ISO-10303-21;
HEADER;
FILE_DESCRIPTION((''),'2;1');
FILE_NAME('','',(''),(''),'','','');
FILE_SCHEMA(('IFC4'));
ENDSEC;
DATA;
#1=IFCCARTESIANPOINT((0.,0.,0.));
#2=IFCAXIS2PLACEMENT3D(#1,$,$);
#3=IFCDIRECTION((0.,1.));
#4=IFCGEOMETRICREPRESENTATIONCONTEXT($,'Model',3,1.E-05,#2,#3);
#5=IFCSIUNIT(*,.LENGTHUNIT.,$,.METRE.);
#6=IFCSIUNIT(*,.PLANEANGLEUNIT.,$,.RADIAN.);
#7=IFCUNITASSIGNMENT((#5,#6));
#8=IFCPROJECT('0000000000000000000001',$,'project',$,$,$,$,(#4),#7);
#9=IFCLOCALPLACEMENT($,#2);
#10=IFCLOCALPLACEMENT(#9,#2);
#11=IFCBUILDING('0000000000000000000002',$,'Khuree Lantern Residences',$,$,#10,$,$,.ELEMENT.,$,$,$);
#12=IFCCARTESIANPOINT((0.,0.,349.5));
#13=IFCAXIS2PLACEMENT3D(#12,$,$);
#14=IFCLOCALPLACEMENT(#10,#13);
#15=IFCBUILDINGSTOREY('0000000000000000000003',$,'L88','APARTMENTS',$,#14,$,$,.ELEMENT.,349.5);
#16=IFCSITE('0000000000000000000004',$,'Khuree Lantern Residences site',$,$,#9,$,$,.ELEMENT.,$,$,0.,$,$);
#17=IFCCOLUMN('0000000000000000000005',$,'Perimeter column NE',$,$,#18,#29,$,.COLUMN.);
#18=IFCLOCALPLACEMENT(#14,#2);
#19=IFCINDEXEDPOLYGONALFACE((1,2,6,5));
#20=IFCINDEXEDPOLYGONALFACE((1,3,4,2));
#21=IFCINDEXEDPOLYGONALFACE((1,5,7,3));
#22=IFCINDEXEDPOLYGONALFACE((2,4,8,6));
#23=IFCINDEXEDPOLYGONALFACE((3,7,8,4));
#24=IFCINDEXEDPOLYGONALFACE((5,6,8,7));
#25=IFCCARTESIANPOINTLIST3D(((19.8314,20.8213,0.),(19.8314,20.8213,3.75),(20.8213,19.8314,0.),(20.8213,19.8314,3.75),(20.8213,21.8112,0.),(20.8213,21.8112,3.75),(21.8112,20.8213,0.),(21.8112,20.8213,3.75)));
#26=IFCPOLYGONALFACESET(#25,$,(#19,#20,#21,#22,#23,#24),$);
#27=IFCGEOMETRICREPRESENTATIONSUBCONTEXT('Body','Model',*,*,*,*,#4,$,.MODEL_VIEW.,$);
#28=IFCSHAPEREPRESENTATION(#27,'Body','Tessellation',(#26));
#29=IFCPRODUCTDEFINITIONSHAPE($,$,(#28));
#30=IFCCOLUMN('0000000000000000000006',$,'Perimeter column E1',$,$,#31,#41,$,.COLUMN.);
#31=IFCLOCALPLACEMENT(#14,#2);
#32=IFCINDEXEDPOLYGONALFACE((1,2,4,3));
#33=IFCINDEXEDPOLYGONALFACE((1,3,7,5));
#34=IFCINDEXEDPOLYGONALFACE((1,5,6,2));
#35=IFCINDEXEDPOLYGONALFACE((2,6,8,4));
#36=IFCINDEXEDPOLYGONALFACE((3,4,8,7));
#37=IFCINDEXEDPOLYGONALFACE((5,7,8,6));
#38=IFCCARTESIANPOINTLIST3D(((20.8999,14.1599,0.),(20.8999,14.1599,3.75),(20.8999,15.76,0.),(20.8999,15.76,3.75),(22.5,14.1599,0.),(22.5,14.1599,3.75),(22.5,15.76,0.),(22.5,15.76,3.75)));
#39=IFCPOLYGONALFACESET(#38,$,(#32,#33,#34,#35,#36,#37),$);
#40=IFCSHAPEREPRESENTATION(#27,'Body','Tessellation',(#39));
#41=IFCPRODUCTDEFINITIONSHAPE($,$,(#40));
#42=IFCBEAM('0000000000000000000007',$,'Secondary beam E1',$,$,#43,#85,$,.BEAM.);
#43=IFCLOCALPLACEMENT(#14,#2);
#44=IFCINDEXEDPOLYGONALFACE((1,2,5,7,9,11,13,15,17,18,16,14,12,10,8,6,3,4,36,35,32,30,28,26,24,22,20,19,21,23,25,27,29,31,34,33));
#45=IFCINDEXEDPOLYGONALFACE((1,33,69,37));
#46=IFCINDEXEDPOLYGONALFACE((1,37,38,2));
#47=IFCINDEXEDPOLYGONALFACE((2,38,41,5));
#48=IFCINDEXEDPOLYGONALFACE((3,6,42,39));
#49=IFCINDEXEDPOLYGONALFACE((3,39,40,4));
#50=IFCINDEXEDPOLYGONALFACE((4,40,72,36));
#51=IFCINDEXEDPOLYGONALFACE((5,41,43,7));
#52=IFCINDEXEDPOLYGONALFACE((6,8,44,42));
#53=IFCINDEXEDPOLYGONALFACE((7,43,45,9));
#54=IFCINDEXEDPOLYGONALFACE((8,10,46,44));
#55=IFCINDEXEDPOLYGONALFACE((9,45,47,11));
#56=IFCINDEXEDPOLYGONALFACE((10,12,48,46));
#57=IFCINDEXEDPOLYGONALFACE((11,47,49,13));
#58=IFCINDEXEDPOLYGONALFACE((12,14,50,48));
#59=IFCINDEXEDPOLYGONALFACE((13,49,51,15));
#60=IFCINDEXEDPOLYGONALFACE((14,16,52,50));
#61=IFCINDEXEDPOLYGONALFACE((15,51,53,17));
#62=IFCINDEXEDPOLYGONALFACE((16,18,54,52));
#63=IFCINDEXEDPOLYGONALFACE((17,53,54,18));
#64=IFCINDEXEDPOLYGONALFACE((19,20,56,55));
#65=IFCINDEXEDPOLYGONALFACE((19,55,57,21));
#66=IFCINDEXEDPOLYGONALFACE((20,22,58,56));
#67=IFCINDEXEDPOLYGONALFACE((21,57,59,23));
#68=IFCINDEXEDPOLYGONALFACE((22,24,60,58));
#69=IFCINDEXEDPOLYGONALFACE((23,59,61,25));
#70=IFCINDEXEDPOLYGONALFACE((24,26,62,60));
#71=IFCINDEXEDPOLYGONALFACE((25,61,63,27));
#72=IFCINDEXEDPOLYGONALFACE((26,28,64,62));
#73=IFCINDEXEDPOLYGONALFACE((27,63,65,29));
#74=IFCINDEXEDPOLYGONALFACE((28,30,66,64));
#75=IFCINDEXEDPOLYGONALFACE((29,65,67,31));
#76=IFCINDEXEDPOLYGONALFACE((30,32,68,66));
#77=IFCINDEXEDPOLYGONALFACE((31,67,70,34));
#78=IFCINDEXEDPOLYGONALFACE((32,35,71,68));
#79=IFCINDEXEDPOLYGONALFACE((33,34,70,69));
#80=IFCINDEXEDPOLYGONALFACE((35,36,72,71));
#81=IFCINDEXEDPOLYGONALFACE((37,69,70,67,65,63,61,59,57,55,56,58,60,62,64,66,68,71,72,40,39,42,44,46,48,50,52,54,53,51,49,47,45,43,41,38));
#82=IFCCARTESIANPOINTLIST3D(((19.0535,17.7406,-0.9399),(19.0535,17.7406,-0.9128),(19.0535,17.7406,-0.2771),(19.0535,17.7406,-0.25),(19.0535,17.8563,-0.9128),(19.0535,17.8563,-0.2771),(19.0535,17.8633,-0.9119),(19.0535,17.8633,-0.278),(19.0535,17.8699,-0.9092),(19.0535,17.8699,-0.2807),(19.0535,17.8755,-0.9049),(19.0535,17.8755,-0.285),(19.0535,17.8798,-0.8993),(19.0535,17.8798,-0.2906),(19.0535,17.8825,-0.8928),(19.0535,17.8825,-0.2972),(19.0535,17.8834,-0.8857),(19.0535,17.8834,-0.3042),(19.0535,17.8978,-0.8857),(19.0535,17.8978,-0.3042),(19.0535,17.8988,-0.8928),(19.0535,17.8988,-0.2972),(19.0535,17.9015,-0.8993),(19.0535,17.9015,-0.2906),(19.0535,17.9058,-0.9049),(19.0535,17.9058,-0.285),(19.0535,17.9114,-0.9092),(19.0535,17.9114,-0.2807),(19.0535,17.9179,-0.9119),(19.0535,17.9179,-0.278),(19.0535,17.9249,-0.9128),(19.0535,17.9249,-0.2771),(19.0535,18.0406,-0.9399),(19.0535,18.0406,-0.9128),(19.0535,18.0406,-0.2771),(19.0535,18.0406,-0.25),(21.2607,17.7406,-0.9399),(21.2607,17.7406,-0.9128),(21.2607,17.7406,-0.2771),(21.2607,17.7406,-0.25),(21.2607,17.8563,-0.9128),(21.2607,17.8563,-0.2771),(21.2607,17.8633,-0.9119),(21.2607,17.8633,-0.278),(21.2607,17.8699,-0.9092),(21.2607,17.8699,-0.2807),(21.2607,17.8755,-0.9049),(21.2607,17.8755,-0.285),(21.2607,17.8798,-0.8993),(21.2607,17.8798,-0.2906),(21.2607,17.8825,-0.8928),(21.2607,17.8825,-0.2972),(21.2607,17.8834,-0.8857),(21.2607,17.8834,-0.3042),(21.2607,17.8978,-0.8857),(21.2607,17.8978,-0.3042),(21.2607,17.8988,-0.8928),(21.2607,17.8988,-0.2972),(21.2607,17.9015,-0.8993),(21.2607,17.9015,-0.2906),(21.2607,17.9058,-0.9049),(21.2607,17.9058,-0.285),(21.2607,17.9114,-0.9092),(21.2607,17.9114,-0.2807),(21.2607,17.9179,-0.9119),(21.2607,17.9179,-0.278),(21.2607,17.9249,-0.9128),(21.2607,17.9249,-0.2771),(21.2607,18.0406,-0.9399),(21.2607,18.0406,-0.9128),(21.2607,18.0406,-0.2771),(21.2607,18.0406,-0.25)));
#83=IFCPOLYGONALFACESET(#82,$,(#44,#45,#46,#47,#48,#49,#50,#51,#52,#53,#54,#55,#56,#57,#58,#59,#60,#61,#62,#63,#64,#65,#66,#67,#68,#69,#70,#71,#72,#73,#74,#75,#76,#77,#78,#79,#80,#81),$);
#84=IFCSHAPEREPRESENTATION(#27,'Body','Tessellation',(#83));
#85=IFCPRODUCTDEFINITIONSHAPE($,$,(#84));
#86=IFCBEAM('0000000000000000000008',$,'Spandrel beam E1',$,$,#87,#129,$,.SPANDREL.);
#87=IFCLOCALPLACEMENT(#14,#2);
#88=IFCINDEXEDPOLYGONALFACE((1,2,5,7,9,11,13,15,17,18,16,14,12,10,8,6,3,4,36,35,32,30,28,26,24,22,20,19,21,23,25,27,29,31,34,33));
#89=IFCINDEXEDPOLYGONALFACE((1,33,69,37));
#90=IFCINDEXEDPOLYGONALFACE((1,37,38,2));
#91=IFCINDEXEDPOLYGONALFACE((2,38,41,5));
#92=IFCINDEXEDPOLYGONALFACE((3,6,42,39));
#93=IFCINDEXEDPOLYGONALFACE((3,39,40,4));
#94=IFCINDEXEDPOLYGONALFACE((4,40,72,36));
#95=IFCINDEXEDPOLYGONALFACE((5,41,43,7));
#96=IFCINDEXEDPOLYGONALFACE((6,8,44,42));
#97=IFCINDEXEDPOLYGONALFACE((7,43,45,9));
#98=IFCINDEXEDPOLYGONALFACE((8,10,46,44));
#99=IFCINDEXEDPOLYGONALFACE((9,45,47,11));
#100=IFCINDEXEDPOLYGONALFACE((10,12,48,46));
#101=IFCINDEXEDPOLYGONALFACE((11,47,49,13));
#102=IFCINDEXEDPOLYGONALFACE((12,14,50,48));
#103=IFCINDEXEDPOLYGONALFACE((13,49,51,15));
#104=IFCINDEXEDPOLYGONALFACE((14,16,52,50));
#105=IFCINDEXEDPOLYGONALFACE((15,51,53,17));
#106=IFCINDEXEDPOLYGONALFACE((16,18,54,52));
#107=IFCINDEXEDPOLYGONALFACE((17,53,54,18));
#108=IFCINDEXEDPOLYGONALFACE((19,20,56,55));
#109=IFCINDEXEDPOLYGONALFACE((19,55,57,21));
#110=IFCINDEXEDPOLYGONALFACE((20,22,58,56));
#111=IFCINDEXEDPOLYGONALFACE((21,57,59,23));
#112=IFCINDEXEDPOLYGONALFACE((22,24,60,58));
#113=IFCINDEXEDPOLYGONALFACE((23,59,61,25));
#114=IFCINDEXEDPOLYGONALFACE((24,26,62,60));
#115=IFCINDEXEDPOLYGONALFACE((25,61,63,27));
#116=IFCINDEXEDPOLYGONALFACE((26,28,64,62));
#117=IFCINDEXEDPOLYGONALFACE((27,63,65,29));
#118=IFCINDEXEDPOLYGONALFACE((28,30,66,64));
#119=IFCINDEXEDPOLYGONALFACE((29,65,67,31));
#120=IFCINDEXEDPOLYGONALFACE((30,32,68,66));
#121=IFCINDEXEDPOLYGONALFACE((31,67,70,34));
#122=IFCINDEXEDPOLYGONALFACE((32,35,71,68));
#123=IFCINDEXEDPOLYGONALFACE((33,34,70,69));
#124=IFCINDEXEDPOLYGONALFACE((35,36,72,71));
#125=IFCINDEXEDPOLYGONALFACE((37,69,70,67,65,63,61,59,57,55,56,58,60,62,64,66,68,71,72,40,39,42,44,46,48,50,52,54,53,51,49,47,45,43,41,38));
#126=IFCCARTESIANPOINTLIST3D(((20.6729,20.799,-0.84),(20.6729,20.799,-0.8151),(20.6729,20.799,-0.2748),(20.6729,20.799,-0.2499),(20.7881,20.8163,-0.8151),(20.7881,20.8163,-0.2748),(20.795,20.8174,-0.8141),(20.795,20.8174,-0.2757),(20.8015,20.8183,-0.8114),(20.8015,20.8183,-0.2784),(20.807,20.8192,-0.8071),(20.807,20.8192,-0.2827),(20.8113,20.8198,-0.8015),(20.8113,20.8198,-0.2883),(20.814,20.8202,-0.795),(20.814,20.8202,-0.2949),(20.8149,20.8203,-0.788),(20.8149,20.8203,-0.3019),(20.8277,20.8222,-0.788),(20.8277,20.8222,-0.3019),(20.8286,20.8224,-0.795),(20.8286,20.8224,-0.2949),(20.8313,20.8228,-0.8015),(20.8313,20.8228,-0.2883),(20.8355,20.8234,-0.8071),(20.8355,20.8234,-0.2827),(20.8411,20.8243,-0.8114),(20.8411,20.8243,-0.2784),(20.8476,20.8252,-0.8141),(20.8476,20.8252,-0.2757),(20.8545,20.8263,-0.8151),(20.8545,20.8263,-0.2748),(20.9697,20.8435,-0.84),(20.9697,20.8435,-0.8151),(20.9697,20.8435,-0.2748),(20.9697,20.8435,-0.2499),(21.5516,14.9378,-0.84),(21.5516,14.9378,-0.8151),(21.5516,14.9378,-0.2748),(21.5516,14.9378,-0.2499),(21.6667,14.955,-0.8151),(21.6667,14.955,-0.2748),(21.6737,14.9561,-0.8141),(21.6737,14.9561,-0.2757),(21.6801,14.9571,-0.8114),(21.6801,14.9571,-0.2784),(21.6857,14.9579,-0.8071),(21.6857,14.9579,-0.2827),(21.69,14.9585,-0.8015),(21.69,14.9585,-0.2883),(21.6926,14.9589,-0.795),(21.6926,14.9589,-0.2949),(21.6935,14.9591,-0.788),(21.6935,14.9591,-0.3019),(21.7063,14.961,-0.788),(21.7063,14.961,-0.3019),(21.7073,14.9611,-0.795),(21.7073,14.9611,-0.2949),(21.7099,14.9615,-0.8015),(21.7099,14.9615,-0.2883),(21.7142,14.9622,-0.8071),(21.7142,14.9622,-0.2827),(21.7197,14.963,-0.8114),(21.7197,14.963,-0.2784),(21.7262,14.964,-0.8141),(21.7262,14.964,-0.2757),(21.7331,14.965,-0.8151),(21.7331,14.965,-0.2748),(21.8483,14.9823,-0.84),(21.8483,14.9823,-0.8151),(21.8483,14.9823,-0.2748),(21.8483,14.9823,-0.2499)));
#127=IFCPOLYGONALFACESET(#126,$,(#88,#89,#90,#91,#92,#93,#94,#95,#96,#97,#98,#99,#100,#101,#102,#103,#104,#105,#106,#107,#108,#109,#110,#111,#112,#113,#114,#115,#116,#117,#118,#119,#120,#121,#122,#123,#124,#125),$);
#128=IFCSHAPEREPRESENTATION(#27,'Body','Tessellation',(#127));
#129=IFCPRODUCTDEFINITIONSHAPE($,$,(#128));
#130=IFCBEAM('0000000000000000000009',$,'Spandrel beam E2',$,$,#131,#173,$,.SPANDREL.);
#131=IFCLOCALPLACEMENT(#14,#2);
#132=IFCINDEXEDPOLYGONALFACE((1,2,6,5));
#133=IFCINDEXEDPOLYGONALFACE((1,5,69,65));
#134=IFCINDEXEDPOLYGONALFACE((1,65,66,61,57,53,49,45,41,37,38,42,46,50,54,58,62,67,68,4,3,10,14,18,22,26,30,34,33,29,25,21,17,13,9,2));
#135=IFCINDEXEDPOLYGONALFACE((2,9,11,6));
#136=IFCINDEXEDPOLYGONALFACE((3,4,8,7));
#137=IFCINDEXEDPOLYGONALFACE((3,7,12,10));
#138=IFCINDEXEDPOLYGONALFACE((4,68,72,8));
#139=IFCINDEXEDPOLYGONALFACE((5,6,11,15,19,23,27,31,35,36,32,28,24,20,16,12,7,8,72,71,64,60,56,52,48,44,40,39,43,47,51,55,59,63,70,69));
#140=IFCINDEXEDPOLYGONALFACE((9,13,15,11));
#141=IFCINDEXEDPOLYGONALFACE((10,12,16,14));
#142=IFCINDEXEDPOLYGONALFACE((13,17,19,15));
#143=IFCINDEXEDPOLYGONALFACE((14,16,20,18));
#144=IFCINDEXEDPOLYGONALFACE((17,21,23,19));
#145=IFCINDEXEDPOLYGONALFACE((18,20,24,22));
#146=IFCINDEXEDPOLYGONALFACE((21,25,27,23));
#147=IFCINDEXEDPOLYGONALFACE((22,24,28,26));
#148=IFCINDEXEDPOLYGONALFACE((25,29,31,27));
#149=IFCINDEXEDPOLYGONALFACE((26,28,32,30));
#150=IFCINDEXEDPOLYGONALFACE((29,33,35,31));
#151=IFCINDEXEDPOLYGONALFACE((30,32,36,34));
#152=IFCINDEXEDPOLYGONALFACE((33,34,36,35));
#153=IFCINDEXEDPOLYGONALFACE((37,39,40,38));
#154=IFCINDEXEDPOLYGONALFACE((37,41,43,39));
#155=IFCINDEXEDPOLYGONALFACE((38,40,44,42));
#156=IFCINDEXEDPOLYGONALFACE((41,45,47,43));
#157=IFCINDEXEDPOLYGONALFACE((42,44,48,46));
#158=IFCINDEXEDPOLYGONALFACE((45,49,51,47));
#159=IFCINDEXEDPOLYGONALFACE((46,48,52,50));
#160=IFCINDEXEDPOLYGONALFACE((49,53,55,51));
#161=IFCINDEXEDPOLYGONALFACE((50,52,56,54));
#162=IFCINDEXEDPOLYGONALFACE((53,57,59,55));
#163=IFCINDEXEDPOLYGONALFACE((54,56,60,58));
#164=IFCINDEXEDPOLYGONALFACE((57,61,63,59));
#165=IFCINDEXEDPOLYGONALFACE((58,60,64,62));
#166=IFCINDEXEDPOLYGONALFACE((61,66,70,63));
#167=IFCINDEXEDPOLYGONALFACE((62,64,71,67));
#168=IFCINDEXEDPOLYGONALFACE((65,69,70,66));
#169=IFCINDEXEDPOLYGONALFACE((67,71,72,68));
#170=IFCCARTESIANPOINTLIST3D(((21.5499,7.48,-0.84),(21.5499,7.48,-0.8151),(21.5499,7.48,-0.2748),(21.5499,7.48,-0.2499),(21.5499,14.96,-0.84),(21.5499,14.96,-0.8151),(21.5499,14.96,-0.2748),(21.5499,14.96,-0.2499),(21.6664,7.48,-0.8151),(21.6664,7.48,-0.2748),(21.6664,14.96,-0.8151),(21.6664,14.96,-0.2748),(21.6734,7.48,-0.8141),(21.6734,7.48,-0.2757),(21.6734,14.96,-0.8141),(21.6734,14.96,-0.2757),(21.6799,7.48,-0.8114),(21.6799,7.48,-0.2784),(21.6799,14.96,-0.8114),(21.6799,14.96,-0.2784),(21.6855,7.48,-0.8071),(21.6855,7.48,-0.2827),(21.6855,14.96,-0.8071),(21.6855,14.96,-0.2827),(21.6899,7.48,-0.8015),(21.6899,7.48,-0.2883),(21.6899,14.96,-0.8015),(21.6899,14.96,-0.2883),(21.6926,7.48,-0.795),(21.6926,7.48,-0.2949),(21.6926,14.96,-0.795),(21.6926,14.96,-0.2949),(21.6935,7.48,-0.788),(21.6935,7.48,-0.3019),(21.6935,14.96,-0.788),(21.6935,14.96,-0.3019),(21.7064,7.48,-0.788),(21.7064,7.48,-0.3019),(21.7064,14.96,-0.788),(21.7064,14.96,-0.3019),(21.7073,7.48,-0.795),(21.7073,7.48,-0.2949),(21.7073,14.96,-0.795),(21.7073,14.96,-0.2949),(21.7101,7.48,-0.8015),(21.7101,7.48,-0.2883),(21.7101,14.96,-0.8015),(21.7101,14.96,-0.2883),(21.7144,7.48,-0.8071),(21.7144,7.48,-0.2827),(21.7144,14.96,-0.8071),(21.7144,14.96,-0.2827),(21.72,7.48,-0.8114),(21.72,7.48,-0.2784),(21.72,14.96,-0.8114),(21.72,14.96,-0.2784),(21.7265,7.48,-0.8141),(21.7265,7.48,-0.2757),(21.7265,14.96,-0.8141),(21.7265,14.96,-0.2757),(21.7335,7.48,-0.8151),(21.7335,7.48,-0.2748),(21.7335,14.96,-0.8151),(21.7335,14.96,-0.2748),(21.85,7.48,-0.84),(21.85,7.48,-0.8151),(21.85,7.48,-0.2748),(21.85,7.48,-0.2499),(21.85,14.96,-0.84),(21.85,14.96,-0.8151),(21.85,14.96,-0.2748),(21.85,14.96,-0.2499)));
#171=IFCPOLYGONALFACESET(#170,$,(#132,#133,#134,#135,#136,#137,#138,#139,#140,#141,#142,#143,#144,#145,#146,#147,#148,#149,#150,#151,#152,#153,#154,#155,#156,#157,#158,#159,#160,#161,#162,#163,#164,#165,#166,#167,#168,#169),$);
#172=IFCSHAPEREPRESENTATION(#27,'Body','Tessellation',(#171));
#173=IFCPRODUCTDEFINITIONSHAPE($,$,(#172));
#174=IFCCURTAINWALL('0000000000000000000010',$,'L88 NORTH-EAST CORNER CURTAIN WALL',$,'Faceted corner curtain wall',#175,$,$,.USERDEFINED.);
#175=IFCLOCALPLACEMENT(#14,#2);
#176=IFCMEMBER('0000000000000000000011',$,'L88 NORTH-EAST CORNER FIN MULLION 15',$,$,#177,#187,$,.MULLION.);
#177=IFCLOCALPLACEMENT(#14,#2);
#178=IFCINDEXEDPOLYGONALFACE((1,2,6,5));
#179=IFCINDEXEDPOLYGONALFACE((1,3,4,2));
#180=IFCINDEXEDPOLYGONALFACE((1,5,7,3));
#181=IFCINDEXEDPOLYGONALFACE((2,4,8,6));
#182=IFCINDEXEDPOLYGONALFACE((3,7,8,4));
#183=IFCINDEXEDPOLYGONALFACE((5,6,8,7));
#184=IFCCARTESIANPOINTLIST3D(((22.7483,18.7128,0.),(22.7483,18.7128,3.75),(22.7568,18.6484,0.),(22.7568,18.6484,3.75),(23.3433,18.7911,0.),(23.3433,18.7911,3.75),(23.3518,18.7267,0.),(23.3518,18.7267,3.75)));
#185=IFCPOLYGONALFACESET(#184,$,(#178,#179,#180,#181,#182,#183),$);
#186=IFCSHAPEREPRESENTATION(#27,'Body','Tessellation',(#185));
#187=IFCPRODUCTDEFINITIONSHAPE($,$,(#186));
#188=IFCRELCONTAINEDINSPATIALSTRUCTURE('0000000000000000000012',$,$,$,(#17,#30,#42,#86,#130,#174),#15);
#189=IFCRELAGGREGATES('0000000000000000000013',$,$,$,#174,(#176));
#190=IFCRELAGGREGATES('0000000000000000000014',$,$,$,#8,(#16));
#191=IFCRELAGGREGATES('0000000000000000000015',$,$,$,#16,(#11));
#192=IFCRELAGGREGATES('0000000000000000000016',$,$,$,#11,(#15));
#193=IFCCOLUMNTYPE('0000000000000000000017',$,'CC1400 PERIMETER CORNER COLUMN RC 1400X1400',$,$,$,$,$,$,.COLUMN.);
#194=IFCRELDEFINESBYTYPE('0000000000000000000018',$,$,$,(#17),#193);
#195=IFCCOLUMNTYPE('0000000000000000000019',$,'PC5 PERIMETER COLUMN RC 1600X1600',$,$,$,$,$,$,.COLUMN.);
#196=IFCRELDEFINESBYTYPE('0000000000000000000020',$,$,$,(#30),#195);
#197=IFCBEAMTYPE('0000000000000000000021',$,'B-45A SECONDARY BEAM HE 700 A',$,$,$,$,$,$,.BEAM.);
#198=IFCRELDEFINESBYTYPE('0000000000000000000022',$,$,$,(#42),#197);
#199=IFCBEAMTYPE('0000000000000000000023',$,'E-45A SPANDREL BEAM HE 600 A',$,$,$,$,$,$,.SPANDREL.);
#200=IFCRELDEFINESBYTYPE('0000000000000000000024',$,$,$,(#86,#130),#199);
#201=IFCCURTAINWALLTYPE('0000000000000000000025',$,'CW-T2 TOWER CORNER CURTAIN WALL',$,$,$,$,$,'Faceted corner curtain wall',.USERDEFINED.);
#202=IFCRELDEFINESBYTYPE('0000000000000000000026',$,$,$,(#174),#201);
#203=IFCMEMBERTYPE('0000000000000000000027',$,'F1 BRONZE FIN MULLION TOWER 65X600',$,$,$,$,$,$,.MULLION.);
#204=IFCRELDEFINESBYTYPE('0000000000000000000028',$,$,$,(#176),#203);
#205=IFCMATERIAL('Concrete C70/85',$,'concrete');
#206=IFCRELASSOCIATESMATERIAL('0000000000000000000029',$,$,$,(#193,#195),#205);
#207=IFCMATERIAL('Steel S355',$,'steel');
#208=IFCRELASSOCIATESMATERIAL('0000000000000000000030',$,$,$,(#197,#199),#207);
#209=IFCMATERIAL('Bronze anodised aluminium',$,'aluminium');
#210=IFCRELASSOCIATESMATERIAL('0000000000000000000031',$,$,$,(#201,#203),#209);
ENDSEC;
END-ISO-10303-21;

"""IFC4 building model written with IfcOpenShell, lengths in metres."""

from ifc_helpers import new_model, si_unit, direction, frame, origin, origin_2d, place, context, subcontext, project, spatial, rectangle, i_section, extrude, material, material_profile, profile_set, type_object, element, aggregate, save


model = new_model("IFC4")

# Units and contexts
model_context = context("Model", 3, precision=1e-05, world=origin(), true_north=direction((0.0, 1.0)))
body_context = subcontext(model_context, "Body", "Model", "MODEL_VIEW")
ifc_project = project(units=[si_unit("LENGTHUNIT", "METRE"), si_unit("PLANEANGLEUNIT", "RADIAN")], contexts=[model_context])

# Site, building, storey
site_placement = place(None, origin())
site = spatial("IfcSite", under=ifc_project, at=site_placement, Name="Khuree Lantern Residences site", CompositionType="ELEMENT", RefElevation=0.0)
building_placement = place(site_placement, origin())
building = spatial("IfcBuilding", under=site, at=building_placement, Name="Khuree Lantern Residences", CompositionType="ELEMENT")
storey_placement = place(building_placement, frame((0.0, 0.0, 349.5)))
storey = spatial("IfcBuildingStorey", under=building, at=storey_placement, Name="L88", Description="APARTMENTS", CompositionType="ELEMENT", Elevation=349.5)

# Columns
ifc_material_1 = material(Name="Concrete C70/85", Category="concrete")
ifc_material_profile_1 = material_profile(ifc_material_1, rectangle(XDim=1.3999, YDim=1.3999, at=origin_2d()), Name="RC 1400X1400")
ifc_profile_set_1 = profile_set([ifc_material_profile_1], Name="Concrete C70/85")
column_type_1 = type_object("IfcColumnType", Name="CC1400 PERIMETER CORNER COLUMN RC 1400X1400", PredefinedType="COLUMN", material=ifc_profile_set_1)
column_1_placement = place(storey_placement, frame((20.8213, 20.8213, 0.0), z_axis=(0.0, 0.0, 1.0), x_axis=(0.707107, -0.707107, 0.0)))
element("IfcColumn", 1, at=column_1_placement, inside=storey, type_object=column_type_1, Name="Perimeter column NE", PredefinedType="COLUMN", context=body_context, shape_type="SweptSolid", body=[
    extrude(rectangle(XDim=1.3999, YDim=1.3999, at=origin_2d()), origin(), (0.0, 0.0, 1.0), 3.75),
])
ifc_material_profile_2 = material_profile(ifc_material_1, rectangle(XDim=1.6001, YDim=1.6001, at=origin_2d()), Name="RC 1600X1600")
ifc_profile_set_2 = profile_set([ifc_material_profile_2], Name="Concrete C70/85")
column_type_2 = type_object("IfcColumnType", Name="PC5 PERIMETER COLUMN RC 1600X1600", PredefinedType="COLUMN", material=ifc_profile_set_2)
column_2_placement = place(storey_placement, frame((21.7, 14.96, 0.0), z_axis=(0.0, 0.0, 1.0), x_axis=(0.0, 1.0, 0.0)))
element("IfcColumn", 2, at=column_2_placement, inside=storey, type_object=column_type_2, Name="Perimeter column E1", PredefinedType="COLUMN", context=body_context, shape_type="SweptSolid", body=[
    extrude(rectangle(XDim=1.6001, YDim=1.6001, at=origin_2d()), origin(), (0.0, 0.0, 1.0), 3.75),
])

# Beams
ifc_material_2 = material(Name="Steel S355", Category="steel")
ifc_material_profile_3 = material_profile(ifc_material_2, i_section(OverallWidth=0.3, OverallDepth=0.6899, WebThickness=0.0144, FlangeThickness=0.0271, FilletRadius=0.0271, at=origin_2d()), Name="HE 700 A")
ifc_profile_set_3 = profile_set([ifc_material_profile_3], Name="Steel S355")
beam_type_1 = type_object("IfcBeamType", Name="B-45A SECONDARY BEAM HE 700 A", PredefinedType="BEAM", material=ifc_profile_set_3)
beam_1_placement = place(storey_placement, frame((21.2607, 17.8906, -0.595), z_axis=(-1.0, 0.0, 0.0), x_axis=(0.0, -1.0, 0.0)))
element("IfcBeam", 3, at=beam_1_placement, inside=storey, type_object=beam_type_1, Name="Secondary beam E1", PredefinedType="BEAM", context=body_context, shape_type="SweptSolid", body=[
    extrude(i_section(OverallWidth=0.3, OverallDepth=0.6899, WebThickness=0.0144, FlangeThickness=0.0271, FilletRadius=0.0271, at=origin_2d()), origin(), (0.0, 0.0, 1.0), 2.2073),
])
ifc_material_profile_4 = material_profile(ifc_material_2, i_section(OverallWidth=0.3, OverallDepth=0.5901, WebThickness=0.0129, FlangeThickness=0.0249, FilletRadius=0.0271, at=origin_2d()), Name="HE 600 A")
ifc_profile_set_4 = profile_set([ifc_material_profile_4], Name="Steel S355")
beam_type_2 = type_object("IfcBeamType", Name="E-45A SPANDREL BEAM HE 600 A", PredefinedType="SPANDREL", material=ifc_profile_set_4)
beam_2_placement = place(storey_placement, frame((20.8213, 20.8213, -0.5449), z_axis=(0.148252, -0.98895, 0.0), x_axis=(0.98895, 0.148252, 0.0)))
element("IfcBeam", 4, at=beam_2_placement, inside=storey, type_object=beam_type_2, Name="Spandrel beam E1", PredefinedType="SPANDREL", context=body_context, shape_type="SweptSolid", body=[
    extrude(i_section(OverallWidth=0.3, OverallDepth=0.5901, WebThickness=0.0129, FlangeThickness=0.0249, FilletRadius=0.0271, at=origin_2d()), origin(), (0.0, 0.0, 1.0), 5.9268),
])
beam_3_placement = place(storey_placement, frame((21.7, 14.96, -0.5449), z_axis=(0.0, -1.0, 0.0), x_axis=(1.0, 0.0, 0.0)))
element("IfcBeam", 5, at=beam_3_placement, inside=storey, type_object=beam_type_2, Name="Spandrel beam E2", PredefinedType="SPANDREL", context=body_context, shape_type="SweptSolid", body=[
    extrude(i_section(OverallWidth=0.3, OverallDepth=0.5901, WebThickness=0.0129, FlangeThickness=0.0249, FilletRadius=0.0271, at=origin_2d()), origin(), (0.0, 0.0, 1.0), 7.48),
])

# Curtain wall, member
ifc_material_3 = material(Name="Bronze anodised aluminium", Category="aluminium")
curtain_wall_type_1 = type_object("IfcCurtainWallType", Name="CW-T2 TOWER CORNER CURTAIN WALL", ElementType="Faceted corner curtain wall", PredefinedType="USERDEFINED", material=ifc_material_3)
curtain_wall_1_placement = place(storey_placement, origin())
curtain_wall_1 = element("IfcCurtainWall", 6, at=curtain_wall_1_placement, inside=storey, type_object=curtain_wall_type_1, Name="L88 NORTH-EAST CORNER CURTAIN WALL", ObjectType="Faceted corner curtain wall", PredefinedType="USERDEFINED")
ifc_material_profile_5 = material_profile(ifc_material_3, rectangle(XDim=0.0649, YDim=0.6001, at=origin_2d()), Name="F1 65X600")
ifc_profile_set_5 = profile_set([ifc_material_profile_5], Name="Bronze anodised aluminium")
member_type_1 = type_object("IfcMemberType", Name="F1 BRONZE FIN MULLION TOWER 65X600", PredefinedType="MULLION", material=ifc_profile_set_5)
member_1_placement = place(storey_placement, frame((23.05, 18.7197, 0.0), z_axis=(0.0, 0.0, 1.0), x_axis=(-0.130526, 0.991445, 0.0)))
member_1 = element("IfcMember", 7, at=member_1_placement, type_object=member_type_1, Name="L88 NORTH-EAST CORNER FIN MULLION 15", PredefinedType="MULLION", context=body_context, shape_type="SweptSolid", body=[
    extrude(rectangle(XDim=0.0649, YDim=0.6001, at=origin_2d()), origin(), (0.0, 0.0, 1.0), 3.75),
])

aggregate(curtain_wall_1, [member_1])

save(model, "model.ifc")
